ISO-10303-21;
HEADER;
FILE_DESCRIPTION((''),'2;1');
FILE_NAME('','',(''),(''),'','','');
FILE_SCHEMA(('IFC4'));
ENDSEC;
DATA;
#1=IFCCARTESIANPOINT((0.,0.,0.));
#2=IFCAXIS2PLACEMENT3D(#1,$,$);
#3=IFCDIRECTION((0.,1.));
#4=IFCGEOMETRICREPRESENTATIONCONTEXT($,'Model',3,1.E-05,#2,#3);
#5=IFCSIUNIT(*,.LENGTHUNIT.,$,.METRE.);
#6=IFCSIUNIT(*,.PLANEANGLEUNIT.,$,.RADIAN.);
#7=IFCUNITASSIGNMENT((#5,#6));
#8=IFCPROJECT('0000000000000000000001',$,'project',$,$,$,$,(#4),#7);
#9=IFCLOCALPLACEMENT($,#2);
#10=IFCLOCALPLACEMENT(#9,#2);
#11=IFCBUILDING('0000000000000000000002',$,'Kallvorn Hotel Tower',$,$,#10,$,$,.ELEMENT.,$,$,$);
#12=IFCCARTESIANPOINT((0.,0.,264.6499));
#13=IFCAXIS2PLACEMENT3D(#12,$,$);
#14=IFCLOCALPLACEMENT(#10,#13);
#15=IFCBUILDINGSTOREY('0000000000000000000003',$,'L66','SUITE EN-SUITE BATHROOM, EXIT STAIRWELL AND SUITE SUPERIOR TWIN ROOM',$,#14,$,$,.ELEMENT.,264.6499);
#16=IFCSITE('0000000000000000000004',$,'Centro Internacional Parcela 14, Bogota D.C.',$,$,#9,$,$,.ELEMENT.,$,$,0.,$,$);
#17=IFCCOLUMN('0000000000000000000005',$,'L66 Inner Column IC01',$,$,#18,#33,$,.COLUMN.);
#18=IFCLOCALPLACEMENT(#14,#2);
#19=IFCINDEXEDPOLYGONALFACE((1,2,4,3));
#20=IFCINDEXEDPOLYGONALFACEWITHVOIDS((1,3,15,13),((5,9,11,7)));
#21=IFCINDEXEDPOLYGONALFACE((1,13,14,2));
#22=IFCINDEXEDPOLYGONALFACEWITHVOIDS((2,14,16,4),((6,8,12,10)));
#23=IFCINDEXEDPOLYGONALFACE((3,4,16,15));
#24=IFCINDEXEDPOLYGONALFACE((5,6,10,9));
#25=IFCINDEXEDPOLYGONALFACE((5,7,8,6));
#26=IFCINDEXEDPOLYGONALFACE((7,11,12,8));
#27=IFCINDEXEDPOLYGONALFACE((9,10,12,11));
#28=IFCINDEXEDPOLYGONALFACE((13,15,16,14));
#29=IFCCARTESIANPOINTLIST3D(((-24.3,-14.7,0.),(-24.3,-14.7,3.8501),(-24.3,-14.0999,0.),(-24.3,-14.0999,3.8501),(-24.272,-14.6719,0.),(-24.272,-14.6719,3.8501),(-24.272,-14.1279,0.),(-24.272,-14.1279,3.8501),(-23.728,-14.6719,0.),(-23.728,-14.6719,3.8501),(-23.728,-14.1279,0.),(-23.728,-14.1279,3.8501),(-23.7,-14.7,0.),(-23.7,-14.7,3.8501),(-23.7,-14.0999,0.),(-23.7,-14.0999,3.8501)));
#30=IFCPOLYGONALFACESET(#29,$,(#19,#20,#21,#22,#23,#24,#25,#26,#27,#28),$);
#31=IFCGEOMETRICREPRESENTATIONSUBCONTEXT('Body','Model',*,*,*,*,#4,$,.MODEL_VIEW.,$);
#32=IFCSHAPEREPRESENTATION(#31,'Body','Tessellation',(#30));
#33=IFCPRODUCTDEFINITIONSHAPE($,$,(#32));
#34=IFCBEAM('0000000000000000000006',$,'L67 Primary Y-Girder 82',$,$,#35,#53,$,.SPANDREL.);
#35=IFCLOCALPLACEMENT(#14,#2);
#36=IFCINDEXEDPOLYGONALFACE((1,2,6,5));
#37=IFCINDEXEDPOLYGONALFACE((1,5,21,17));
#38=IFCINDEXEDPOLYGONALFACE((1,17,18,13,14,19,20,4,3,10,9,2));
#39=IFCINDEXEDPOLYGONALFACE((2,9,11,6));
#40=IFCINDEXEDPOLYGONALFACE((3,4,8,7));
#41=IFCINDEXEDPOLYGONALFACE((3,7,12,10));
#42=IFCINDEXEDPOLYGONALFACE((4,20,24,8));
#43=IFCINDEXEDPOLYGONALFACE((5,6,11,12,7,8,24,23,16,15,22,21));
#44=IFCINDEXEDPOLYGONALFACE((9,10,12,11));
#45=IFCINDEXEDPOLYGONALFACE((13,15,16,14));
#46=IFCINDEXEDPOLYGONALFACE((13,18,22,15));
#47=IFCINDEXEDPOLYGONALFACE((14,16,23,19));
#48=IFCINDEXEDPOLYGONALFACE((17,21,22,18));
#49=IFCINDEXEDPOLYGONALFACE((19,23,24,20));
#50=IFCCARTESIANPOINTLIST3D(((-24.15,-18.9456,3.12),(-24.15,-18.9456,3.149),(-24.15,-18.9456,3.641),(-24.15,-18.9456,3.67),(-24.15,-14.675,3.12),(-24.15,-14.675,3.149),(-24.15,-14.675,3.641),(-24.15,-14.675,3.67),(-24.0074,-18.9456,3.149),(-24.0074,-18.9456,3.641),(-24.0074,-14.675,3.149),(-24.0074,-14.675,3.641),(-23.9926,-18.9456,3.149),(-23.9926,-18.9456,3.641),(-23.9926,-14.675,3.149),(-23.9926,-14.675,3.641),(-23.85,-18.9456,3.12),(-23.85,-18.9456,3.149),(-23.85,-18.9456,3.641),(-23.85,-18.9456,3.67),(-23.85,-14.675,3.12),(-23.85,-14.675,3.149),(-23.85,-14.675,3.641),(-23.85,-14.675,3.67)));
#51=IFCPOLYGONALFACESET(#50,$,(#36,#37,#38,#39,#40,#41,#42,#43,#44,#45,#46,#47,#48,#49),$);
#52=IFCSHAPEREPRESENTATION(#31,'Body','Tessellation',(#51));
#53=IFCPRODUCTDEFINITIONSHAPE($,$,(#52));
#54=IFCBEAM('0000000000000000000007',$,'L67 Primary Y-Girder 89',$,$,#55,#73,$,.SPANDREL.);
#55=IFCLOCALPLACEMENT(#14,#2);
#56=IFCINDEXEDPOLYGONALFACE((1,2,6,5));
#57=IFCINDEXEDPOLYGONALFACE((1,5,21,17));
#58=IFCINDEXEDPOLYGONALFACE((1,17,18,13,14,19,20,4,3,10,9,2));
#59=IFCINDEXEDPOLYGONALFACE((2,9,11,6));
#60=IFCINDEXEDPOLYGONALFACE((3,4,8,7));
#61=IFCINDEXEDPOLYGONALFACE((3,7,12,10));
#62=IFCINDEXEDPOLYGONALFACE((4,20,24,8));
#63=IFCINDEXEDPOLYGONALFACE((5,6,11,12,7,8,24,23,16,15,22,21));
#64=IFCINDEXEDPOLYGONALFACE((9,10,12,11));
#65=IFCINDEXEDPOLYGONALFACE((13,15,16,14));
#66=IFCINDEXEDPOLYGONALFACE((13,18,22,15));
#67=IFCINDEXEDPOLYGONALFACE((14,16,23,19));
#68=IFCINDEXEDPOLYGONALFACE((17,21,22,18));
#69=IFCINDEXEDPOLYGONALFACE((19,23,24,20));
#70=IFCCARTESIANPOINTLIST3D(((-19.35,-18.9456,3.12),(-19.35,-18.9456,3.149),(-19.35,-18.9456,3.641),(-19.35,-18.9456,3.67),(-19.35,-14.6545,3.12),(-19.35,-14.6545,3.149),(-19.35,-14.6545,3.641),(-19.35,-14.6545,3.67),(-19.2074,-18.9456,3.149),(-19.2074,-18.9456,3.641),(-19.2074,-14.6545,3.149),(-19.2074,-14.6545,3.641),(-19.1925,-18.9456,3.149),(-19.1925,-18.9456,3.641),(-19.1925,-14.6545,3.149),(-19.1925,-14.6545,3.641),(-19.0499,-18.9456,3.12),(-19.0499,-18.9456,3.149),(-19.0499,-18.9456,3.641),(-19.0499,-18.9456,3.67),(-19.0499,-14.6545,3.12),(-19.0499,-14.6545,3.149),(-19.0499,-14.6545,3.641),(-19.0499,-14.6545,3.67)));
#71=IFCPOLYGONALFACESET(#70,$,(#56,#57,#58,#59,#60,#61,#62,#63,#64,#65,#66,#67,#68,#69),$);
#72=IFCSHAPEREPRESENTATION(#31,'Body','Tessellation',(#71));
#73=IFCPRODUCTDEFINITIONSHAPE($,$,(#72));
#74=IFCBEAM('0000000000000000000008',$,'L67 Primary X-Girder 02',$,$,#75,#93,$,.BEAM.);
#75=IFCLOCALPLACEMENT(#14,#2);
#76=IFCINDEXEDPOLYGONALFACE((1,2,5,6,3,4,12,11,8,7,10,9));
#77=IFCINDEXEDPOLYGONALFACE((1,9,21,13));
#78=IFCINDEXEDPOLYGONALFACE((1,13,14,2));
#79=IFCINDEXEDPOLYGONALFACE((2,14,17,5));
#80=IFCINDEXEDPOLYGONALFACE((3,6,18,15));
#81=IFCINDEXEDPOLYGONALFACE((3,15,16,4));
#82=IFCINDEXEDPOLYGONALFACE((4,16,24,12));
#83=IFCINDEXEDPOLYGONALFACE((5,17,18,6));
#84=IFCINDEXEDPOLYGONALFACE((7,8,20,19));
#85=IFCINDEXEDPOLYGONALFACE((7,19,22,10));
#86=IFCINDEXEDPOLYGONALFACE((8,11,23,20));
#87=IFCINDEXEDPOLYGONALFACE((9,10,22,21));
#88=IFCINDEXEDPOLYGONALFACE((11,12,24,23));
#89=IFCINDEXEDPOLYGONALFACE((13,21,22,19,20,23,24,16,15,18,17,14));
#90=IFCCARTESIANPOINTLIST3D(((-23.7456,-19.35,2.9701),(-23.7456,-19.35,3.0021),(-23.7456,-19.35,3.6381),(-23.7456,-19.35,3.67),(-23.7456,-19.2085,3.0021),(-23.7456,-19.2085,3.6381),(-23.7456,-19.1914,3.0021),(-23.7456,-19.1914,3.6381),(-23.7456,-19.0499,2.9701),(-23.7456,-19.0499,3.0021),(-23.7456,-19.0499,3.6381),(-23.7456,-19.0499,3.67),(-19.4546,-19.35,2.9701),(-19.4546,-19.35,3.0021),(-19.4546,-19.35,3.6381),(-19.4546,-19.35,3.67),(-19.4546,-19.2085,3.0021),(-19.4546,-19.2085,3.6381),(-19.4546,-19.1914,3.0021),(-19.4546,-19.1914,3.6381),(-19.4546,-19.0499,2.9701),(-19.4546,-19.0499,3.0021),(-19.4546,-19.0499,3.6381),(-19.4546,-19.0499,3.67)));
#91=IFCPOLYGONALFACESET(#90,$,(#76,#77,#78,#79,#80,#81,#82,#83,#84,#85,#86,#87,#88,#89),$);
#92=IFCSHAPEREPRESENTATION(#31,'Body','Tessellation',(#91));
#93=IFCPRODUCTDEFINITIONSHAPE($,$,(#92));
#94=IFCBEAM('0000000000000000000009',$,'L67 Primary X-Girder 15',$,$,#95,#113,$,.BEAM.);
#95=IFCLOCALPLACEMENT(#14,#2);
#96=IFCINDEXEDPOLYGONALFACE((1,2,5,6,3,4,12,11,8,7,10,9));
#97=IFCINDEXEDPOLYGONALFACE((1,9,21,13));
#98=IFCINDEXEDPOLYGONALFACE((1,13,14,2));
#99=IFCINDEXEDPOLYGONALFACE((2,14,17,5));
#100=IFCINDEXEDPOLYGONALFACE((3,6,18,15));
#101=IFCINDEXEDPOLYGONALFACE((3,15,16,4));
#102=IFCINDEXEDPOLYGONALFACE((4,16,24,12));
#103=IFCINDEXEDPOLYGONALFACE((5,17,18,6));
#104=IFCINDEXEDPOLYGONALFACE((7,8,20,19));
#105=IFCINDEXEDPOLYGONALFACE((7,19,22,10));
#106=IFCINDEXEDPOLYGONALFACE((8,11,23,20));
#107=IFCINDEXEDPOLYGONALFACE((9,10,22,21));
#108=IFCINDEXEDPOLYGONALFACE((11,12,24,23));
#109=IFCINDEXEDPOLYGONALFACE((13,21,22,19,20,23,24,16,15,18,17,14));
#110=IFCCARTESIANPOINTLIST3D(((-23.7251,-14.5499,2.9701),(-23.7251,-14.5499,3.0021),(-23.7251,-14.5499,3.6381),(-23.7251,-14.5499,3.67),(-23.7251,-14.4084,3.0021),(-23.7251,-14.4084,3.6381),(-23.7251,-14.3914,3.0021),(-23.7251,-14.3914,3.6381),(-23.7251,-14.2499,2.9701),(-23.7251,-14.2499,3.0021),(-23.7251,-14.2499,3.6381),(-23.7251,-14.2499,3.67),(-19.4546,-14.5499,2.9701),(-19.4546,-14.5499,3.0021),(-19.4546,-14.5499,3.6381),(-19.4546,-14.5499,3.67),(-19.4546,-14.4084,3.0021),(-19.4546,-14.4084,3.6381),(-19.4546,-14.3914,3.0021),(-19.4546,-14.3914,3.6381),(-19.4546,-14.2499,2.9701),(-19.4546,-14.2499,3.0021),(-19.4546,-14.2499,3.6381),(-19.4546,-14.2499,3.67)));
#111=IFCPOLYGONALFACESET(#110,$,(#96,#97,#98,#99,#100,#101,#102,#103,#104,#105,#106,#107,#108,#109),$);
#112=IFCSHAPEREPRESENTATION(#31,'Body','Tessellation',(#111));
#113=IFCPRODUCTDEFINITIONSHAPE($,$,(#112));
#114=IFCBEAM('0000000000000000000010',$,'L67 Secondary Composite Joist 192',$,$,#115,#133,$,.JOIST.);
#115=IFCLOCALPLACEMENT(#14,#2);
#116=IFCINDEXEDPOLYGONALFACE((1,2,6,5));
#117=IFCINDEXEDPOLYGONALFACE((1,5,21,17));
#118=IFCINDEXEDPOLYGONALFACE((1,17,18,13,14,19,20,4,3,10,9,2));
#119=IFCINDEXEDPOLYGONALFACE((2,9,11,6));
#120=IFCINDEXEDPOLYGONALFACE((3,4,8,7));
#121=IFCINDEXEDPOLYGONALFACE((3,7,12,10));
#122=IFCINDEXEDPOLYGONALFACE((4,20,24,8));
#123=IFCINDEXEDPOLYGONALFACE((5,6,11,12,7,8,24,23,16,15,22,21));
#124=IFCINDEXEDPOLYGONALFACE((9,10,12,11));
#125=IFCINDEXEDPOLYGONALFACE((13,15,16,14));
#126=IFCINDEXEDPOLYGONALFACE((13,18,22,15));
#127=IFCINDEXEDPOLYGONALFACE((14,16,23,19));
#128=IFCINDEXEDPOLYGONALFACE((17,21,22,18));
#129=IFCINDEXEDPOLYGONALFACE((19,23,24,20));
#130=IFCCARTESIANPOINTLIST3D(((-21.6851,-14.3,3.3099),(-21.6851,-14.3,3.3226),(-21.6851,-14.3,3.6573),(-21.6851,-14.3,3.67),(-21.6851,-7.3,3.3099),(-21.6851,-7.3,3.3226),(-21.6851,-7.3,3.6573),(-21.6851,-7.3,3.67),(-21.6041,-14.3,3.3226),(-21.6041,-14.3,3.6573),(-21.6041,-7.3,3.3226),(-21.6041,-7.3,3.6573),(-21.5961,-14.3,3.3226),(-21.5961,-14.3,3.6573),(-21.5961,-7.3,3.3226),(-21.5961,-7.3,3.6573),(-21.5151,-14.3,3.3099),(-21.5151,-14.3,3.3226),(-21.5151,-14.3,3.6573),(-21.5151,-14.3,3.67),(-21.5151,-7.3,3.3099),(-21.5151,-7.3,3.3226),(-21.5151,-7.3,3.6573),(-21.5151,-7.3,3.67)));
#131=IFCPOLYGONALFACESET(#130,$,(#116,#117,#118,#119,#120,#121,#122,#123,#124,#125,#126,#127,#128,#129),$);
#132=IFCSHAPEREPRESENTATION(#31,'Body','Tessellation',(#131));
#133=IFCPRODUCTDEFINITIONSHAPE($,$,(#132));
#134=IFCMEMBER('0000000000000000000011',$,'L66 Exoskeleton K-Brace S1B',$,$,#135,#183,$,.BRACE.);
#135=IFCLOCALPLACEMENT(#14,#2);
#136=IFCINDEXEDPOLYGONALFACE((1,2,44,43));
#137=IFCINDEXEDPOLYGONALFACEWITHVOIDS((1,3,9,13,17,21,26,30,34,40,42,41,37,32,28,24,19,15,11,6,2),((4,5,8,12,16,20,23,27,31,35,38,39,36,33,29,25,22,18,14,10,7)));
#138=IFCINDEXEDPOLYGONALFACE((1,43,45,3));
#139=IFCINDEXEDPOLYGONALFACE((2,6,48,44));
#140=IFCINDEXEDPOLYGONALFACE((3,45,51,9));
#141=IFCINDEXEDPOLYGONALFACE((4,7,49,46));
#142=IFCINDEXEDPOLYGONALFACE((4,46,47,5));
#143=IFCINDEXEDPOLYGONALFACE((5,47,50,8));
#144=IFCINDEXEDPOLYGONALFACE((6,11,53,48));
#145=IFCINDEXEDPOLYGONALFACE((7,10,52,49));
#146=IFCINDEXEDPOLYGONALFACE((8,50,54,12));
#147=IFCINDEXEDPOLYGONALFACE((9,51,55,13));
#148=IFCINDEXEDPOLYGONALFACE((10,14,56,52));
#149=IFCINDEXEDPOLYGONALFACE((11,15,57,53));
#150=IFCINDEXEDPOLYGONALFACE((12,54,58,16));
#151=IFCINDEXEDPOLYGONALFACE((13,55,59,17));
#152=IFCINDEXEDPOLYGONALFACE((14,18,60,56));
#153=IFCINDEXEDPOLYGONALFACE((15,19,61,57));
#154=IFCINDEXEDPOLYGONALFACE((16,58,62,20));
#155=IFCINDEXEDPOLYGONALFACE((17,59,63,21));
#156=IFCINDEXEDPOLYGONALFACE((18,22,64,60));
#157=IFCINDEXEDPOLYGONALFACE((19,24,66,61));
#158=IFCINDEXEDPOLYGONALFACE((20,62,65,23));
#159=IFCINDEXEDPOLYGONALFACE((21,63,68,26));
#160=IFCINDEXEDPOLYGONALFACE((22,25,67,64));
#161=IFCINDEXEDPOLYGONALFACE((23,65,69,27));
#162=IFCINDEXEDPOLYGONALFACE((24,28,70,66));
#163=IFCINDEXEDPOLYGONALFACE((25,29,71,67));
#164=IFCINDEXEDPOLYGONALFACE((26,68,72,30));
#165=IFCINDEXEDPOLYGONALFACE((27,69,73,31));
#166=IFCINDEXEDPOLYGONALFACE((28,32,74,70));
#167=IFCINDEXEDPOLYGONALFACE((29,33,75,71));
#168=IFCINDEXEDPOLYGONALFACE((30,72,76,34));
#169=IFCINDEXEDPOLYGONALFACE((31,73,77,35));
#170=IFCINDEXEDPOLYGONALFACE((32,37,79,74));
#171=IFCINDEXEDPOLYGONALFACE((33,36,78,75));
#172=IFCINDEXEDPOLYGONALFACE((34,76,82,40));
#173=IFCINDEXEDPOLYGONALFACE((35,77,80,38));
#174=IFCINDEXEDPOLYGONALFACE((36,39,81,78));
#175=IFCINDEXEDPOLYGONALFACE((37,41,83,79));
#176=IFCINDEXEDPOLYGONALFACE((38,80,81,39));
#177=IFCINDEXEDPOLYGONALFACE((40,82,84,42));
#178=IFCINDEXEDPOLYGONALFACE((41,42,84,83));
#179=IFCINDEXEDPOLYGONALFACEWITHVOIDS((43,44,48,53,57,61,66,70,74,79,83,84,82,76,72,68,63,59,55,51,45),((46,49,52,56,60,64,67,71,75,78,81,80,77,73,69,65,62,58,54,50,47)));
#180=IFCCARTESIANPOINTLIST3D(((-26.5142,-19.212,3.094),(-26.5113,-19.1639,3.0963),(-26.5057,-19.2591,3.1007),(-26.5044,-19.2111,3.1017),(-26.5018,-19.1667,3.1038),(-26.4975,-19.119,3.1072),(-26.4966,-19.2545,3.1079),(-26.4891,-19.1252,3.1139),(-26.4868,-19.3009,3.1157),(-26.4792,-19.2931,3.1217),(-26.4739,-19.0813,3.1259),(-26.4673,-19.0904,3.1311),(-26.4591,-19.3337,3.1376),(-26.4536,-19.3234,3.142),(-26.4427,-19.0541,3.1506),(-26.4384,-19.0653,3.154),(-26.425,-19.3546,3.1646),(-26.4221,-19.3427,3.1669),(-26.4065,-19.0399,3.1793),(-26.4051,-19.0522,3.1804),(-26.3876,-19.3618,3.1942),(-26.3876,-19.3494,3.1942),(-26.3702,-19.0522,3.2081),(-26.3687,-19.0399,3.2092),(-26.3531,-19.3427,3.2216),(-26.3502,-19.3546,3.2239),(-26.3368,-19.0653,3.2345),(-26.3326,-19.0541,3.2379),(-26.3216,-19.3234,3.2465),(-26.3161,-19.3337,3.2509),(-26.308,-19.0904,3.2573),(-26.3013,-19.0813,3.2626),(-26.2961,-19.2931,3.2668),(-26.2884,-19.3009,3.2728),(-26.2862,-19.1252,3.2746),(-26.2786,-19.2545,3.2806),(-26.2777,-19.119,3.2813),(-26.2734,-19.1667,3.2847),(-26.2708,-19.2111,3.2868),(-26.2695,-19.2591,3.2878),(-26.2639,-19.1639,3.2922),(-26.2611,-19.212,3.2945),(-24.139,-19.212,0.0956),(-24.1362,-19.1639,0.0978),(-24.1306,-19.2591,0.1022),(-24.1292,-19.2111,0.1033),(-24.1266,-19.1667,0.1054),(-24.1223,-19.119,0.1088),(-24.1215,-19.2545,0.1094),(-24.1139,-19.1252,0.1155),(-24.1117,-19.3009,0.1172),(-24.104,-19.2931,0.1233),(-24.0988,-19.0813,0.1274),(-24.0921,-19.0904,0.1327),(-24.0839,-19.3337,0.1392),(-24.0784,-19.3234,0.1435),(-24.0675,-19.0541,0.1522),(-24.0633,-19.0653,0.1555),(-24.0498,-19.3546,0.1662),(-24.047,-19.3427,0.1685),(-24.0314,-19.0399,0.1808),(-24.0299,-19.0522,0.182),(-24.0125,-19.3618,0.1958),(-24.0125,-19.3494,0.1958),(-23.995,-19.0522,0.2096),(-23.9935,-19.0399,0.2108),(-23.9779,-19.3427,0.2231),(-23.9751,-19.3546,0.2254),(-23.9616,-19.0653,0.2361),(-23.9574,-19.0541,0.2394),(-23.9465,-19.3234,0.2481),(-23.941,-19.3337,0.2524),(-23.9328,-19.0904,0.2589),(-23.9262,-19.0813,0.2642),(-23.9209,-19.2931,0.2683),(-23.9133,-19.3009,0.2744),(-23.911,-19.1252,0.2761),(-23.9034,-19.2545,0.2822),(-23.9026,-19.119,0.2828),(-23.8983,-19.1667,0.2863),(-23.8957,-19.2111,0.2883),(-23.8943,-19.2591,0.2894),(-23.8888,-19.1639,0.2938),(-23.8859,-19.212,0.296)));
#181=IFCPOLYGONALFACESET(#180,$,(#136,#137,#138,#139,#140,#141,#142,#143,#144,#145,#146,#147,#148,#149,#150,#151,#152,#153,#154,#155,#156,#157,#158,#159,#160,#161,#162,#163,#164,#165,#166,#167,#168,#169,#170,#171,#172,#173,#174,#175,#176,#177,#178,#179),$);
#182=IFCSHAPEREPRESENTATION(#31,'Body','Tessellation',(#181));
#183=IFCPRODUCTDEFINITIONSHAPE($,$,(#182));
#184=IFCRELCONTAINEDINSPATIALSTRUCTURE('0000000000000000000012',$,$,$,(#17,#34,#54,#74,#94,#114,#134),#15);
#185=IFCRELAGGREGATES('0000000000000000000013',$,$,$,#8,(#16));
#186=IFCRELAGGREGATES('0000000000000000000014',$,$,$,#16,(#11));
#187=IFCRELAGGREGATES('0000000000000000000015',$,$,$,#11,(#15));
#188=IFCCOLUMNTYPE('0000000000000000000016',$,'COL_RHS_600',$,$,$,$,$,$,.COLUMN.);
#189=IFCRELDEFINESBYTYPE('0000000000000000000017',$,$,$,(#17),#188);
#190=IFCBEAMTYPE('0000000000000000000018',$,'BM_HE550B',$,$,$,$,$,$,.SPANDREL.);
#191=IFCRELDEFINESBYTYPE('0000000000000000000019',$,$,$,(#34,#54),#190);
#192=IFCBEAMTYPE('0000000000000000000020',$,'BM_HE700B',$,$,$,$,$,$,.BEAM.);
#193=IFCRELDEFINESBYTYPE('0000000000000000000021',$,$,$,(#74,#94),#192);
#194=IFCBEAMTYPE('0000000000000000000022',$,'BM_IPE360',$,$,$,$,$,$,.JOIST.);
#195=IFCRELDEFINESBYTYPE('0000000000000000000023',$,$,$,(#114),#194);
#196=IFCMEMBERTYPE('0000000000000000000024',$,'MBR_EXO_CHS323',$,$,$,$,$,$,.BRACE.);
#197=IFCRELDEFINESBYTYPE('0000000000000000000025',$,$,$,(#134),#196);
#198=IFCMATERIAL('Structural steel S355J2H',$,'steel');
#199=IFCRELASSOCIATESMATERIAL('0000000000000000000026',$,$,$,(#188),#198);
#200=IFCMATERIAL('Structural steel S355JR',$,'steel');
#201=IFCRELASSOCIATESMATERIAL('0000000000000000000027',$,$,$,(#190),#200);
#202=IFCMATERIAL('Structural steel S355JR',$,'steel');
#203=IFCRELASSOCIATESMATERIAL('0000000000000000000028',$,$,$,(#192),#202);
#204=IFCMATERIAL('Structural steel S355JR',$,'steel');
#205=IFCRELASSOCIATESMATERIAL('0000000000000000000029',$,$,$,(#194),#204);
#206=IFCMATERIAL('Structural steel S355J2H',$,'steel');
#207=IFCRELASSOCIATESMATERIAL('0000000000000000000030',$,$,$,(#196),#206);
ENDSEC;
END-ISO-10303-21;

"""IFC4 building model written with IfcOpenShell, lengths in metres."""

from ifc_helpers import new_model, si_unit, direction, frame, origin, origin_2d, place, context, subcontext, project, spatial, hollow_rectangle, hollow_circle, i_section, extrude, material, material_profile, profile_set, type_object, element, save


model = new_model("IFC4")

# Units and contexts
model_context = context("Model", 3, precision=1e-05, world=origin(), true_north=direction((0.0, 1.0)))
body_context = subcontext(model_context, "Body", "Model", "MODEL_VIEW")
ifc_project = project(units=[si_unit("LENGTHUNIT", "METRE"), si_unit("PLANEANGLEUNIT", "RADIAN")], contexts=[model_context])

# Site, building, storey
site_placement = place(None, origin())
site = spatial("IfcSite", under=ifc_project, at=site_placement, Name="Centro Internacional Parcela 14, Bogota D.C.", CompositionType="ELEMENT", RefElevation=0.0)
building_placement = place(site_placement, origin())
building = spatial("IfcBuilding", under=site, at=building_placement, Name="Kallvorn Hotel Tower", CompositionType="ELEMENT")
storey_placement = place(building_placement, frame((0.0, 0.0, 264.6499)))
storey = spatial("IfcBuildingStorey", under=building, at=storey_placement, Name="L66", Description="SUITE EN-SUITE BATHROOM, EXIT STAIRWELL AND SUITE SUPERIOR TWIN ROOM", CompositionType="ELEMENT", Elevation=264.6499)

# Column
ifc_material_1 = material(Name="Structural steel S355J2H", Category="steel")
ifc_material_profile_1 = material_profile(ifc_material_1, hollow_rectangle(XDim=0.6001, YDim=0.6001, WallThickness=0.0281, at=origin_2d()), Name="RHS 600x600x28")
ifc_profile_set_1 = profile_set([ifc_material_profile_1], Name="Structural steel S355J2H")
column_type_1 = type_object("IfcColumnType", Name="COL_RHS_600", PredefinedType="COLUMN", material=ifc_profile_set_1)
column_placement = place(storey_placement, frame((-24.0, -14.3999, 0.0), z_axis=(0.0, 0.0, 1.0), x_axis=(1.0, 0.0, 0.0)))
element("IfcColumn", 1, at=column_placement, inside=storey, type_object=column_type_1, Name="L66 Inner Column IC01", PredefinedType="COLUMN", context=body_context, shape_type="SweptSolid", body=[
    extrude(hollow_rectangle(XDim=0.6001, YDim=0.6001, WallThickness=0.0281, at=origin_2d()), origin(), (0.0, 0.0, 1.0), 3.8501),
])

# Beams
ifc_material_2 = material(Name="Structural steel S355JR", Category="steel")
ifc_material_profile_2 = material_profile(ifc_material_2, i_section(OverallWidth=0.3, OverallDepth=0.55, WebThickness=0.0149, FlangeThickness=0.0291, at=origin_2d()), Name="HE 550 B")
ifc_profile_set_2 = profile_set([ifc_material_profile_2], Name="Structural steel S355JR")
beam_type_1 = type_object("IfcBeamType", Name="BM_HE550B", PredefinedType="SPANDREL", material=ifc_profile_set_2)
beam_1_placement = place(storey_placement, frame((-24.0, -18.9456, 3.395), z_axis=(0.0, 1.0, 0.0), x_axis=(-1.0, 0.0, 0.0)))
element("IfcBeam", 2, at=beam_1_placement, inside=storey, type_object=beam_type_1, Name="L67 Primary Y-Girder 82", PredefinedType="SPANDREL", context=body_context, shape_type="SweptSolid", body=[
    extrude(i_section(OverallWidth=0.3, OverallDepth=0.55, WebThickness=0.0149, FlangeThickness=0.0291, at=origin_2d()), origin(), (0.0, 0.0, 1.0), 4.2705),
])
beam_2_placement = place(storey_placement, frame((-19.2, -18.9456, 3.395), z_axis=(0.0, 1.0, 0.0), x_axis=(-1.0, 0.0, 0.0)))
element("IfcBeam", 3, at=beam_2_placement, inside=storey, type_object=beam_type_1, Name="L67 Primary Y-Girder 89", PredefinedType="SPANDREL", context=body_context, shape_type="SweptSolid", body=[
    extrude(i_section(OverallWidth=0.3, OverallDepth=0.55, WebThickness=0.0149, FlangeThickness=0.0291, at=origin_2d()), origin(), (0.0, 0.0, 1.0), 4.291),
])
ifc_material_3 = material(Name="Structural steel S355JR", Category="steel")
ifc_material_profile_3 = material_profile(ifc_material_3, i_section(OverallWidth=0.3, OverallDepth=0.7, WebThickness=0.0171, FlangeThickness=0.032, at=origin_2d()), Name="HE 700 B")
ifc_profile_set_3 = profile_set([ifc_material_profile_3], Name="Structural steel S355JR")
beam_type_2 = type_object("IfcBeamType", Name="BM_HE700B", PredefinedType="BEAM", material=ifc_profile_set_3)
beam_3_placement = place(storey_placement, frame((-23.7456, -19.2, 3.3201), z_axis=(1.0, 0.0, 0.0), x_axis=(0.0, 1.0, 0.0)))
element("IfcBeam", 4, at=beam_3_placement, inside=storey, type_object=beam_type_2, Name="L67 Primary X-Girder 02", PredefinedType="BEAM", context=body_context, shape_type="SweptSolid", body=[
    extrude(i_section(OverallWidth=0.3, OverallDepth=0.7, WebThickness=0.0171, FlangeThickness=0.032, at=origin_2d()), origin(), (0.0, 0.0, 1.0), 4.291),
])
beam_4_placement = place(storey_placement, frame((-23.7251, -14.3999, 3.3201), z_axis=(1.0, 0.0, 0.0), x_axis=(0.0, 1.0, 0.0)))
element("IfcBeam", 5, at=beam_4_placement, inside=storey, type_object=beam_type_2, Name="L67 Primary X-Girder 15", PredefinedType="BEAM", context=body_context, shape_type="SweptSolid", body=[
    extrude(i_section(OverallWidth=0.3, OverallDepth=0.7, WebThickness=0.0171, FlangeThickness=0.032, at=origin_2d()), origin(), (0.0, 0.0, 1.0), 4.2705),
])
ifc_material_4 = material(Name="Structural steel S355JR", Category="steel")
ifc_material_profile_4 = material_profile(ifc_material_4, i_section(OverallWidth=0.1699, OverallDepth=0.3601, WebThickness=0.0081, FlangeThickness=0.0127, at=origin_2d()), Name="IPE 360")
ifc_profile_set_4 = profile_set([ifc_material_profile_4], Name="Structural steel S355JR")
beam_type_3 = type_object("IfcBeamType", Name="BM_IPE360", PredefinedType="JOIST", material=ifc_profile_set_4)
beam_5_placement = place(storey_placement, frame((-21.6001, -14.3, 3.49), z_axis=(0.0, 1.0, 0.0), x_axis=(-1.0, 0.0, 0.0)))
element("IfcBeam", 6, at=beam_5_placement, inside=storey, type_object=beam_type_3, Name="L67 Secondary Composite Joist 192", PredefinedType="JOIST", context=body_context, shape_type="SweptSolid", body=[
    extrude(i_section(OverallWidth=0.1699, OverallDepth=0.3601, WebThickness=0.0081, FlangeThickness=0.0127, at=origin_2d()), origin(), (0.0, 0.0, 1.0), 7.0),
])

# Member
ifc_material_5 = material(Name="Structural steel S355J2H", Category="steel")
ifc_material_profile_5 = material_profile(ifc_material_5, hollow_circle(Radius=0.1619, WallThickness=0.0125, at=origin_2d()), Name="CHS 323.9x12.5")
ifc_profile_set_5 = profile_set([ifc_material_profile_5], Name="Structural steel S355J2H")
member_type = type_object("IfcMemberType", Name="MBR_EXO_CHS323", PredefinedType="BRACE", material=ifc_profile_set_5)
member_placement = place(storey_placement, frame((-24.0125, -19.2, 0.1958), z_axis=(-0.620929, 0.0, 0.783867), x_axis=(0.0, -1.0, 0.0)))
element("IfcMember", 7, at=member_placement, inside=storey, type_object=member_type, Name="L66 Exoskeleton K-Brace S1B", PredefinedType="BRACE", context=body_context, shape_type="SweptSolid", body=[
    extrude(hollow_circle(Radius=0.1619, WallThickness=0.0125, at=origin_2d()), origin(), (0.0, 0.0, 1.0), 3.8252),
])

save(model, "model.ifc")
